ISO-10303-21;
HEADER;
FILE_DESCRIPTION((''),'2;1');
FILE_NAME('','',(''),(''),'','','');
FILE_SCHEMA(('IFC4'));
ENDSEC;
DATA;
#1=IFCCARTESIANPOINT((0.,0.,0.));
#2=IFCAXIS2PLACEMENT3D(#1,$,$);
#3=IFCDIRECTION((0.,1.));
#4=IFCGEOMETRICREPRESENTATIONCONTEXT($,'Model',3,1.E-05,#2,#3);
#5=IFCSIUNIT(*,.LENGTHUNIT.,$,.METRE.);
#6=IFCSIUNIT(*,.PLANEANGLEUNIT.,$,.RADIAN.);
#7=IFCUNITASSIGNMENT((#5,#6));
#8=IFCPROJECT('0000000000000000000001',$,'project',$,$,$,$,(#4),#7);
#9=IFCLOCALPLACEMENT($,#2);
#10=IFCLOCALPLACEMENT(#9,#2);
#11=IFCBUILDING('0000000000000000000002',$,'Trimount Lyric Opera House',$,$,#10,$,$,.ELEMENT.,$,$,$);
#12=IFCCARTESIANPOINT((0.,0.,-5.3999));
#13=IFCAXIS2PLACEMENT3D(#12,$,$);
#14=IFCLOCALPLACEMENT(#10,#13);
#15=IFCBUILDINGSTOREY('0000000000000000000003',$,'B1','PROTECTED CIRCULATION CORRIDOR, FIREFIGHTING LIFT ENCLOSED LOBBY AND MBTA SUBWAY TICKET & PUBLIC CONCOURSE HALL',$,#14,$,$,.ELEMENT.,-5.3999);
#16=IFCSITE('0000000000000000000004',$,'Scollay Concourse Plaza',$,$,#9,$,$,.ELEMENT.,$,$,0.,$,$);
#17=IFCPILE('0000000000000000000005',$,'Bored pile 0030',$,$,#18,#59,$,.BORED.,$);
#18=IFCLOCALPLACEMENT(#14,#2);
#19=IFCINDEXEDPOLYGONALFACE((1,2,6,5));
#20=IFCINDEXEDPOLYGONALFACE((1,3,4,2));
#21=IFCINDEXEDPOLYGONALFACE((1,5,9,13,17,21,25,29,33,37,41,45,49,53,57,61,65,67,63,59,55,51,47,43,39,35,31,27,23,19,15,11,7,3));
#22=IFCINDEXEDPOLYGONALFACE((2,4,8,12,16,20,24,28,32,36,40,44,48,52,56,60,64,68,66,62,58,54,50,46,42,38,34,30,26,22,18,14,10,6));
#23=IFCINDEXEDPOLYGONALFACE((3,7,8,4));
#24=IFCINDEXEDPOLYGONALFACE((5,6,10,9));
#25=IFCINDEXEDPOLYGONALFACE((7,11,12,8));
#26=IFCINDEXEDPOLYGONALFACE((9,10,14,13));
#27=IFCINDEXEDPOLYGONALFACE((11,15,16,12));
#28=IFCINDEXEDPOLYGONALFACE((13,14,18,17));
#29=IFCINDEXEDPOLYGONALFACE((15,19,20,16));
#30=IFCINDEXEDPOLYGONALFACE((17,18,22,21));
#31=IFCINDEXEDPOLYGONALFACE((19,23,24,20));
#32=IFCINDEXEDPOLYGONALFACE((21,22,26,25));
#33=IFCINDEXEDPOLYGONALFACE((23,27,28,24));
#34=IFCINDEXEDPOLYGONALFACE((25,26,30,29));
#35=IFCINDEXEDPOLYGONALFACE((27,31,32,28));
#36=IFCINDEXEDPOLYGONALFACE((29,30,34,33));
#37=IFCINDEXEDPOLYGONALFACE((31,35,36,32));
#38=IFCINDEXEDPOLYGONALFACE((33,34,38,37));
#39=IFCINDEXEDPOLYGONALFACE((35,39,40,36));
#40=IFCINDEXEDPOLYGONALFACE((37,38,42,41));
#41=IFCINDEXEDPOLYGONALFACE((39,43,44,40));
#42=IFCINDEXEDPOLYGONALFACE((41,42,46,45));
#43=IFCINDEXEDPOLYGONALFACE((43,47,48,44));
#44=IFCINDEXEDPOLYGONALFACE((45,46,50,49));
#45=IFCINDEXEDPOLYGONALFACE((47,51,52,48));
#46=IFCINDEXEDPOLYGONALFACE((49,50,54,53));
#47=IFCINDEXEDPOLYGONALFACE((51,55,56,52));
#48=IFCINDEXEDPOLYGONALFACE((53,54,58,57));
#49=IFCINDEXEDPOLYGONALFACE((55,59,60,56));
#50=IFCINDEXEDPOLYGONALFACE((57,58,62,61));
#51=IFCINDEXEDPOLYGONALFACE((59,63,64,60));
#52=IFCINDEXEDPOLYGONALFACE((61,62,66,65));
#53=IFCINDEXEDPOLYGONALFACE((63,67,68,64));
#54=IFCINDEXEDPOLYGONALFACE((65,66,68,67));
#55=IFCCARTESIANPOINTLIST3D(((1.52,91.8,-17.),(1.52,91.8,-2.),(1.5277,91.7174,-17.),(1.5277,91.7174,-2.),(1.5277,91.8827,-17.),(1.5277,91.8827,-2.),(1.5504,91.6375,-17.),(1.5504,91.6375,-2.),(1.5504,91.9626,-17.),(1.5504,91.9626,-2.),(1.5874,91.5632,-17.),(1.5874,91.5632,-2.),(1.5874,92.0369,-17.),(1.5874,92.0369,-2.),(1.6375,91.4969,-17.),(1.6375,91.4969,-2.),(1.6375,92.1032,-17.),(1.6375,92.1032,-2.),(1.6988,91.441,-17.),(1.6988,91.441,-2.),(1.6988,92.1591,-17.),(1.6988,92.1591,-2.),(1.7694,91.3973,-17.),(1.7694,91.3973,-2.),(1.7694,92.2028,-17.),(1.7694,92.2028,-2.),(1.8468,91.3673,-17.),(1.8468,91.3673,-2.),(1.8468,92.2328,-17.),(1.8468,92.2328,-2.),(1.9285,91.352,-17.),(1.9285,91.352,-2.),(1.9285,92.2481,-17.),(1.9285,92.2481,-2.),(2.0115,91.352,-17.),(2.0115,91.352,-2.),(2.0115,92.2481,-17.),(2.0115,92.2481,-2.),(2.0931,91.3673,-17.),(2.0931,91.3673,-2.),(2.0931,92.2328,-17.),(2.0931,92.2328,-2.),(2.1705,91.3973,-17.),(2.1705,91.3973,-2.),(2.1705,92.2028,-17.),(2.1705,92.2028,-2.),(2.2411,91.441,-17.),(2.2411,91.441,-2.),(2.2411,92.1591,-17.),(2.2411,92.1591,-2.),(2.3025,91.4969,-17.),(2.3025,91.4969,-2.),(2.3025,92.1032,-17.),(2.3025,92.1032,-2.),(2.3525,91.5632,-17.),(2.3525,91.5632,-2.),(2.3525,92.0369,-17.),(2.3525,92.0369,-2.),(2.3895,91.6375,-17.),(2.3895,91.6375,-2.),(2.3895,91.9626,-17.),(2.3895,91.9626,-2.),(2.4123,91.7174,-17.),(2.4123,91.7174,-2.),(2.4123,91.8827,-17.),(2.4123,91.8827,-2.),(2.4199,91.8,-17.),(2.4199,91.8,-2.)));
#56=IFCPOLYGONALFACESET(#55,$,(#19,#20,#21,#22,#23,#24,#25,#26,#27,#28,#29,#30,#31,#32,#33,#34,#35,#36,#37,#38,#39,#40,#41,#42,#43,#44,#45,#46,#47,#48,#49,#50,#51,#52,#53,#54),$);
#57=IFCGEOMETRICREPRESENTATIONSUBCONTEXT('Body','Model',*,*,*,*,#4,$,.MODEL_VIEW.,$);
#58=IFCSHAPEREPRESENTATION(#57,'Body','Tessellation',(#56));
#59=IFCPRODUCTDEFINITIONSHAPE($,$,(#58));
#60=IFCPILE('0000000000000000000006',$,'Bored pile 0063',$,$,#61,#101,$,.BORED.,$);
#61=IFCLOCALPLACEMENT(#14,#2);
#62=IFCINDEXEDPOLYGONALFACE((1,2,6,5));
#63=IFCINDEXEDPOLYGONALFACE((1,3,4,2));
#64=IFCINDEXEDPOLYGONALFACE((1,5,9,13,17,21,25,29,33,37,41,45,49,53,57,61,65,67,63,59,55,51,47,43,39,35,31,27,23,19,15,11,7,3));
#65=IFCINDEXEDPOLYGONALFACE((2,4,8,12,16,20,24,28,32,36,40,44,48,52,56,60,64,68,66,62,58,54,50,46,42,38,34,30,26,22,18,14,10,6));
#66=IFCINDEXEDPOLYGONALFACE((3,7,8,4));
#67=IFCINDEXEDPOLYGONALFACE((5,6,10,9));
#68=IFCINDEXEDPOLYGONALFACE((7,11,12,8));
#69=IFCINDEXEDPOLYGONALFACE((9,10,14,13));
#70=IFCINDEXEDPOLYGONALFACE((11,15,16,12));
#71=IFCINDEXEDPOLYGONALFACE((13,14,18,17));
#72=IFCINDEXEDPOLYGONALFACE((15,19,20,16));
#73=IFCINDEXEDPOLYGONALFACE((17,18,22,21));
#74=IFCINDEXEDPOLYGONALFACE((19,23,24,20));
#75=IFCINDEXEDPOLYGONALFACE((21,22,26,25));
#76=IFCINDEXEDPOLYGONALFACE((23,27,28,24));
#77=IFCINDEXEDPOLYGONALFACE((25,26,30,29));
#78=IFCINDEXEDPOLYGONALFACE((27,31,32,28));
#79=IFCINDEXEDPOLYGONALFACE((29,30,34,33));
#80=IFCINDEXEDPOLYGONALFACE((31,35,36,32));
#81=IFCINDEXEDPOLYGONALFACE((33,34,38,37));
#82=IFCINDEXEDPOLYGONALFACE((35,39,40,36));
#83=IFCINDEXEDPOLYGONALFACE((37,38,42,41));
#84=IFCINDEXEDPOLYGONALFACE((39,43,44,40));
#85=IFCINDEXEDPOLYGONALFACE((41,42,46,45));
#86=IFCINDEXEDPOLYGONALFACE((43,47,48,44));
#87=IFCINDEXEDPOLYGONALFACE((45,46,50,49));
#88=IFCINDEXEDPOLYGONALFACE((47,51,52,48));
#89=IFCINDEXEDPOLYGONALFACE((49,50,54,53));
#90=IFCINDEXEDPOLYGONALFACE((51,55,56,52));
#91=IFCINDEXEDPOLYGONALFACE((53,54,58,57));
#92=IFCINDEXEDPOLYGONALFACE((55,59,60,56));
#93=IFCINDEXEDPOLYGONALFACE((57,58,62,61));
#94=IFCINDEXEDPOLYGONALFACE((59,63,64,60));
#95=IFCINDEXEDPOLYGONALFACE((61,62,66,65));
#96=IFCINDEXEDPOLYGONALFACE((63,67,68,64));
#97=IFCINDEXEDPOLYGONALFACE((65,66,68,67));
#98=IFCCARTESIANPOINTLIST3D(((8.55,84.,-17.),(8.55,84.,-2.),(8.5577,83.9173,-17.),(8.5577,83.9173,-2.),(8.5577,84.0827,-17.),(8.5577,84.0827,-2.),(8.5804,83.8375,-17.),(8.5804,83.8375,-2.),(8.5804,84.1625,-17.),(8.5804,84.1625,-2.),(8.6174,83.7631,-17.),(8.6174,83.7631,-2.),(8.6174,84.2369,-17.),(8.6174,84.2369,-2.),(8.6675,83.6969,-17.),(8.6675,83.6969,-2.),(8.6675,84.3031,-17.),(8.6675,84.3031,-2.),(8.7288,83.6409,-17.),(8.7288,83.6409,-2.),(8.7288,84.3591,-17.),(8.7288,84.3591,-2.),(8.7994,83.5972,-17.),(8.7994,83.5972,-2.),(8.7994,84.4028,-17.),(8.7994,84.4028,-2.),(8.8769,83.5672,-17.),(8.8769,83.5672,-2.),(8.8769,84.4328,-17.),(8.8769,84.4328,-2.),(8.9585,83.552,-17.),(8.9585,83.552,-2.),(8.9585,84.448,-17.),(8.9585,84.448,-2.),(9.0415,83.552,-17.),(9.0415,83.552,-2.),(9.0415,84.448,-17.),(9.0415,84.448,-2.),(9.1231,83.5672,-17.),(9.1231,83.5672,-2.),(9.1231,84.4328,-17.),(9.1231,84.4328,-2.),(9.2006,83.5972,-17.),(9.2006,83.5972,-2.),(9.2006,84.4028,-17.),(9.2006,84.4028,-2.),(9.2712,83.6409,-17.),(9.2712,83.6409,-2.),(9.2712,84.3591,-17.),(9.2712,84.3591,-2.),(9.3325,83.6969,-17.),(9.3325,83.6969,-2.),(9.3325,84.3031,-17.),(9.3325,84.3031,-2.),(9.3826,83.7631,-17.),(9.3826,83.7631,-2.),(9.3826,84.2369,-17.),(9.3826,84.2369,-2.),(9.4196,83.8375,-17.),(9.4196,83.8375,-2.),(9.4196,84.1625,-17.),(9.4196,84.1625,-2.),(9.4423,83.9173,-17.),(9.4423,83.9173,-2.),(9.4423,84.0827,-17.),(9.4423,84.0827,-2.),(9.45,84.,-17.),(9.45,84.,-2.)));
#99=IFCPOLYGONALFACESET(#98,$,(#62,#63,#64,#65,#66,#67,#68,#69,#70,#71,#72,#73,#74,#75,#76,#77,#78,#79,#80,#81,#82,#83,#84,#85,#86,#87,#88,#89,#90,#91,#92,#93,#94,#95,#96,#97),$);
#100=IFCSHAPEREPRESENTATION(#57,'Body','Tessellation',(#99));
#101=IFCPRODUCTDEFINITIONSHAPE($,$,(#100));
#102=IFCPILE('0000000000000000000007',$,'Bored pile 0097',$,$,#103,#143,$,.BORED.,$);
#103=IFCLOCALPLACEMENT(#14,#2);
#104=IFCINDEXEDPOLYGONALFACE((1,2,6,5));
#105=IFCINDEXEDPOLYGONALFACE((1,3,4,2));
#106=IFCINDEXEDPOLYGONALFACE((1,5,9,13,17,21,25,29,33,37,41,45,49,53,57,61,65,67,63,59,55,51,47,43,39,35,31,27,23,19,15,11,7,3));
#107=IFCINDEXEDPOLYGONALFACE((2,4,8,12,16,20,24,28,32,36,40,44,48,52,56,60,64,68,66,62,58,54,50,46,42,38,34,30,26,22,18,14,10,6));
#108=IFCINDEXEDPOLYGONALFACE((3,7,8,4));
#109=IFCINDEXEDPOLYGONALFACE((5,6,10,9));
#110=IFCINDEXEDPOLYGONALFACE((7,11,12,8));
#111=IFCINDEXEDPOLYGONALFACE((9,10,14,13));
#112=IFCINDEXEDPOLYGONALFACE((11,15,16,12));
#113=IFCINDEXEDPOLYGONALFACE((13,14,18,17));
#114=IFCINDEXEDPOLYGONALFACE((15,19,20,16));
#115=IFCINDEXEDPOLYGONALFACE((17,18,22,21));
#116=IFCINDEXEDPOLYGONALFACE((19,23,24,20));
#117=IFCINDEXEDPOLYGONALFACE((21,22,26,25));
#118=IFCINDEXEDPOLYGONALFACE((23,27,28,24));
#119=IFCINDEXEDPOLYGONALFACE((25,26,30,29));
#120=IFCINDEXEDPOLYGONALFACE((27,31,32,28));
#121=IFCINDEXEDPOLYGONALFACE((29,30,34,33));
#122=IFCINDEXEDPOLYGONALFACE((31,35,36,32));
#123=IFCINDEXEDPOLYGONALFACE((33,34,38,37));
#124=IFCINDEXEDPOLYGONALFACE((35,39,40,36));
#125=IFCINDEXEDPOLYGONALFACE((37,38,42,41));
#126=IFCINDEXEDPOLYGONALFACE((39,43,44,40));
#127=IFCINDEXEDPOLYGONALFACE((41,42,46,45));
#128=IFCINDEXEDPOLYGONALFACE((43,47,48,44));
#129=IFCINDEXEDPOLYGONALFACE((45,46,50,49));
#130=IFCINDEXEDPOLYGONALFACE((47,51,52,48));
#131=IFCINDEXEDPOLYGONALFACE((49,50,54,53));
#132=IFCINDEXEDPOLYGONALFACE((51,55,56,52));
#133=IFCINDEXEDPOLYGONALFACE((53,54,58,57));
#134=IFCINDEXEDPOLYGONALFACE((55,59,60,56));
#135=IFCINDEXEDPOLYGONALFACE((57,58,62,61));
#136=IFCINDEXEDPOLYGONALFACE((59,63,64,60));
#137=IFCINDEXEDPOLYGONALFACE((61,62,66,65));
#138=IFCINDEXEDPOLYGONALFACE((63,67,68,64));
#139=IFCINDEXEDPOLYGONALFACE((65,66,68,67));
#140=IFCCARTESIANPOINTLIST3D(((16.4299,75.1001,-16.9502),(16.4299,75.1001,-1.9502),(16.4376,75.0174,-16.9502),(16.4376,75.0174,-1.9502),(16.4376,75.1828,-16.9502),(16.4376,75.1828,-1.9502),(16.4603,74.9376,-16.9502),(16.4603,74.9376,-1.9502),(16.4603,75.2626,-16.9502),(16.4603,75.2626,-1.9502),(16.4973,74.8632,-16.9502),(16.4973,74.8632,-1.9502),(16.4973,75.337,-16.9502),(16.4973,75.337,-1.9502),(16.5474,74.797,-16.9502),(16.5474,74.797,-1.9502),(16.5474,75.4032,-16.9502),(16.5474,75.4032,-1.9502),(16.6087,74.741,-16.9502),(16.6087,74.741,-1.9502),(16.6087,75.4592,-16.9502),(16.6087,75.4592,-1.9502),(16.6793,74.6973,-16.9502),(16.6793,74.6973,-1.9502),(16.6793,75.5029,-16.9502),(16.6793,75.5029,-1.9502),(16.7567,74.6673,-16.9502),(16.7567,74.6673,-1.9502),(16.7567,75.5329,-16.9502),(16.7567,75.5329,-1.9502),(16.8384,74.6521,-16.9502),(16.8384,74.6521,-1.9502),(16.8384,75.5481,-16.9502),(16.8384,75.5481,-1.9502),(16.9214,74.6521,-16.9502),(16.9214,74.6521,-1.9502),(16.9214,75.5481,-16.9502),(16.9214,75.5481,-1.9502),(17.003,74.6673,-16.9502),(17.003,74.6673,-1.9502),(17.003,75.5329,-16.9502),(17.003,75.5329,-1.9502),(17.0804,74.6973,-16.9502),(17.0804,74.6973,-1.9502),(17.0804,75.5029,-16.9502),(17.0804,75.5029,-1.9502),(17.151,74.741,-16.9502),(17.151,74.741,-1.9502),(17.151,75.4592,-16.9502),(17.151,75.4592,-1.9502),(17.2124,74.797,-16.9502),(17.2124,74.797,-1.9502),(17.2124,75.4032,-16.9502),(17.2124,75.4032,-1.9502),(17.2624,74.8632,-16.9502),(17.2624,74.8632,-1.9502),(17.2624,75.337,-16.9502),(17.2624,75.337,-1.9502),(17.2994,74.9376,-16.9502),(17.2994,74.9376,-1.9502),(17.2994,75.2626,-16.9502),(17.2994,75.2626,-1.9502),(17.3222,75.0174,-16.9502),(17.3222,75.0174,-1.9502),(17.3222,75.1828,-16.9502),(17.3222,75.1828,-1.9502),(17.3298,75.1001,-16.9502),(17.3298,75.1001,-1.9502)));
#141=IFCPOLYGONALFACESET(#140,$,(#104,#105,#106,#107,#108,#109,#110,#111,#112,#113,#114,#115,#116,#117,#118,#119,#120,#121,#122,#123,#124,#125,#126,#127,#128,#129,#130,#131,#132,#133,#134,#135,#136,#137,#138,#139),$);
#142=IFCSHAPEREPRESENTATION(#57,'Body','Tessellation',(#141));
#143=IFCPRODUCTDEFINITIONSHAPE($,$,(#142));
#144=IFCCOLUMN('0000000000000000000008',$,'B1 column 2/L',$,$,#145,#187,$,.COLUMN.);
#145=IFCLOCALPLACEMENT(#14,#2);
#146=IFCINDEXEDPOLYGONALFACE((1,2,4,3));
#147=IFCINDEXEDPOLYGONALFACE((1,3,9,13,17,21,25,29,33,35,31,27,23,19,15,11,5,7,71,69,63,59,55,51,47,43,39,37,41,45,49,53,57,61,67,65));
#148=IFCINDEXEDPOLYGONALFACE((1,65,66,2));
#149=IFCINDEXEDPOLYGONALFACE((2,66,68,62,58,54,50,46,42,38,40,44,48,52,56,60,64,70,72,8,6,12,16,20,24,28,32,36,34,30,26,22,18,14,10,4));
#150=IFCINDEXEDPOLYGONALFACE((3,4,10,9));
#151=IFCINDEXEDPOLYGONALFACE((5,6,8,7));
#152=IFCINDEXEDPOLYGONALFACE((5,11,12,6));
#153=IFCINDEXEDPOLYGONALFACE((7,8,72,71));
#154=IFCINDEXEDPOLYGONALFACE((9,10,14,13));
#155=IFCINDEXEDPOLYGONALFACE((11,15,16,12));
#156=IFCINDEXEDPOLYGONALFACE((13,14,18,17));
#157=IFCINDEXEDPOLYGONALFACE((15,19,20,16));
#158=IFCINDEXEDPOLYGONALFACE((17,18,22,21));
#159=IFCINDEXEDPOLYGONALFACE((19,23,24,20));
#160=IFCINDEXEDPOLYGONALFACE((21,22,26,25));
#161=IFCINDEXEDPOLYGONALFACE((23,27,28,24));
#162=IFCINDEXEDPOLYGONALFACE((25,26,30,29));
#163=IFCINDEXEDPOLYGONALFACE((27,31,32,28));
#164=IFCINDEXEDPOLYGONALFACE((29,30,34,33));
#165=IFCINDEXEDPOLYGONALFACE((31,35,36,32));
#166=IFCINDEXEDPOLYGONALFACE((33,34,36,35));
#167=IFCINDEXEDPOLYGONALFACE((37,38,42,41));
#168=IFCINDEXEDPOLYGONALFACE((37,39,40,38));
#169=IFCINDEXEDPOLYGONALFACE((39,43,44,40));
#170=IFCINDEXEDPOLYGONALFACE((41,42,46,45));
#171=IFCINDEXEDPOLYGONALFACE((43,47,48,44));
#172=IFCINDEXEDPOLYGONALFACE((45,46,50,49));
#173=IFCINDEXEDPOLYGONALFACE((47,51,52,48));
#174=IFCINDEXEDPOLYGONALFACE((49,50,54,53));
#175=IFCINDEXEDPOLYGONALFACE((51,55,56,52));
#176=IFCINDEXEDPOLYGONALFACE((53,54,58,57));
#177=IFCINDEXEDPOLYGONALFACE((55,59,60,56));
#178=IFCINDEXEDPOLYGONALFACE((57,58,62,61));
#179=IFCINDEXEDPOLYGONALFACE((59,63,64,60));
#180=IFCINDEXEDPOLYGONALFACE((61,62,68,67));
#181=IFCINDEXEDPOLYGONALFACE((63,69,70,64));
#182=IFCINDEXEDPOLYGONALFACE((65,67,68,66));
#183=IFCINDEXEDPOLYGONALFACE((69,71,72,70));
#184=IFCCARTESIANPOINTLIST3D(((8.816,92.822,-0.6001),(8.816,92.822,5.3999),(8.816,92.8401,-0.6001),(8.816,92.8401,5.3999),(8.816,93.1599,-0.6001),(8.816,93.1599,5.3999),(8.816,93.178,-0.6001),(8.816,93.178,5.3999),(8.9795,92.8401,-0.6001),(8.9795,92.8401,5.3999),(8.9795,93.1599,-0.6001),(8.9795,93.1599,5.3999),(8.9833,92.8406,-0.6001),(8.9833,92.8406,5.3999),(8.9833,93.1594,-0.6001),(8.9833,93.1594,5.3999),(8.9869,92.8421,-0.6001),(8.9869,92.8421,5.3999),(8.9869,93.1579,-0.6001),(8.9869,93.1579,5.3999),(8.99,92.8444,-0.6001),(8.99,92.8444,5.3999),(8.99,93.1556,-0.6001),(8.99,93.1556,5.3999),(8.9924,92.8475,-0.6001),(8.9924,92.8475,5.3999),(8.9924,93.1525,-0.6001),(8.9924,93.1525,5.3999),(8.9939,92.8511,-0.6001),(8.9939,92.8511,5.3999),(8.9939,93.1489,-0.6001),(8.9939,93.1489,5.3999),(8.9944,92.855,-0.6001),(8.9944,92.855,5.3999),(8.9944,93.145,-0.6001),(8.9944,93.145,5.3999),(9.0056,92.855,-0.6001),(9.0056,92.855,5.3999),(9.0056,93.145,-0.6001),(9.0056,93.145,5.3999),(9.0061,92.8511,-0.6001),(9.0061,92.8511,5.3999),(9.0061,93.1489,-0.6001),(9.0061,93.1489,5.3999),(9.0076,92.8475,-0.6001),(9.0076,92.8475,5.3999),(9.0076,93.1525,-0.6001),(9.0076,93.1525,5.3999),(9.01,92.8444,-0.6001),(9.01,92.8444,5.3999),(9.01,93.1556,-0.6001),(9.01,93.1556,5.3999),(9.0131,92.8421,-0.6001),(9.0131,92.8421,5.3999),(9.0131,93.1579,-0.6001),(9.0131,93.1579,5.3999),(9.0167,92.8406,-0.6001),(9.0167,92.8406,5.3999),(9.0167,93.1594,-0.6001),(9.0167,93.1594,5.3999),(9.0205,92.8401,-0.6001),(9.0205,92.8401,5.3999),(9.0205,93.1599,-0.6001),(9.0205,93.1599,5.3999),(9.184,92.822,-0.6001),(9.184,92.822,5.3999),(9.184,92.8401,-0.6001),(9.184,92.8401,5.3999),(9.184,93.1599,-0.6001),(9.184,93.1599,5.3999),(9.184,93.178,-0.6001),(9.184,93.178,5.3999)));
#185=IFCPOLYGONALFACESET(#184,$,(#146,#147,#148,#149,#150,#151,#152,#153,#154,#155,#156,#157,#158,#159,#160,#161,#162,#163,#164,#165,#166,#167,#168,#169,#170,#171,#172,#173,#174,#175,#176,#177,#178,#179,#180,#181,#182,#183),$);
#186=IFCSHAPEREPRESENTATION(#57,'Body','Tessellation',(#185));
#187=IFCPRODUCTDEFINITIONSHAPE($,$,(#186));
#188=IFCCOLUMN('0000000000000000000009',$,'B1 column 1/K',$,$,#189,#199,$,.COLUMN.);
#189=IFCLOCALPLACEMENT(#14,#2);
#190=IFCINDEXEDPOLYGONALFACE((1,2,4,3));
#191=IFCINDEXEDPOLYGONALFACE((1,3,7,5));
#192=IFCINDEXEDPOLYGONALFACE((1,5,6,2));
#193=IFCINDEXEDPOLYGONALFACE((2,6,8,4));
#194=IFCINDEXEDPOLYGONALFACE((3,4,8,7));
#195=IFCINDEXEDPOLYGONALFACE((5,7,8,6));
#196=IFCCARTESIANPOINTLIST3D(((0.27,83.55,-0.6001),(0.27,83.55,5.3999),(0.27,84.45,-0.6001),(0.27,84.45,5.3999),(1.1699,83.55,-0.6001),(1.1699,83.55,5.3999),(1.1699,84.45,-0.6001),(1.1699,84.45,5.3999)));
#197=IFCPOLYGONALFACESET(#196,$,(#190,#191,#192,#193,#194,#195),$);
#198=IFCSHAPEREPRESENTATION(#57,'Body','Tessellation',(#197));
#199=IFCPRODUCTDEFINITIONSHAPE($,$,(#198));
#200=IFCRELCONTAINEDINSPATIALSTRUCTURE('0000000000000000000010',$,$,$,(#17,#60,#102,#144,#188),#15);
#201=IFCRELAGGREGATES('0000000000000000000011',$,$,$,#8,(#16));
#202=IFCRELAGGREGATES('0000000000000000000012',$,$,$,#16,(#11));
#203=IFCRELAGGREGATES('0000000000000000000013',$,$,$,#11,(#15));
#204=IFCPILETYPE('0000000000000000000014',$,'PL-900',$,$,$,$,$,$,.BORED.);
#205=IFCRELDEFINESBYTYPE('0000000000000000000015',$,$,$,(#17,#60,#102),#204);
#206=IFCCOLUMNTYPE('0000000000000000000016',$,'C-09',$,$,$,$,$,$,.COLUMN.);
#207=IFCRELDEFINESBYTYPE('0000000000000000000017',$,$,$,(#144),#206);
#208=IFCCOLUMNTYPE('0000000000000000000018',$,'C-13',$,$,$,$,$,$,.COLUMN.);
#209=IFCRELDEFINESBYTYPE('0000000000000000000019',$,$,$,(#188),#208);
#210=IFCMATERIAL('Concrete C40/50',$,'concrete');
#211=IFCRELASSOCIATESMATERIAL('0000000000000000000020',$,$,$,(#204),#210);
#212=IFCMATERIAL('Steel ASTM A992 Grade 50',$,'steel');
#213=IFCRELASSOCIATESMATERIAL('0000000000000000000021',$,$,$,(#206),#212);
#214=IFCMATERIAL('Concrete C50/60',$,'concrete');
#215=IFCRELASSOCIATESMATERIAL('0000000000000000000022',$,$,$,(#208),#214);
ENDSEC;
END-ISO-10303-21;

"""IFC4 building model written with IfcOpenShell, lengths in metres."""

from ifc_helpers import new_model, si_unit, direction, frame, origin, origin_2d, place, context, subcontext, project, spatial, rectangle, circle, i_section, extrude, material, material_profile, profile_set, type_object, element, save


model = new_model("IFC4")

# Units and contexts
model_context = context("Model", 3, precision=1e-05, world=origin(), true_north=direction((0.0, 1.0)))
body_context = subcontext(model_context, "Body", "Model", "MODEL_VIEW")
ifc_project = project(units=[si_unit("LENGTHUNIT", "METRE"), si_unit("PLANEANGLEUNIT", "RADIAN")], contexts=[model_context])

# Site, building, storey
site_placement = place(None, origin())
site = spatial("IfcSite", under=ifc_project, at=site_placement, Name="Scollay Concourse Plaza", CompositionType="ELEMENT", RefElevation=0.0)
building_placement = place(site_placement, origin())
building = spatial("IfcBuilding", under=site, at=building_placement, Name="Trimount Lyric Opera House", CompositionType="ELEMENT")
storey_placement = place(building_placement, frame((0.0, 0.0, -5.3999)))
storey = spatial("IfcBuildingStorey", under=building, at=storey_placement, Name="B1", Description="PROTECTED CIRCULATION CORRIDOR, FIREFIGHTING LIFT ENCLOSED LOBBY AND MBTA SUBWAY TICKET & PUBLIC CONCOURSE HALL", CompositionType="ELEMENT", Elevation=-5.3999)

# Piles
ifc_material_1 = material(Name="Concrete C40/50", Category="concrete")
ifc_material_profile_1 = material_profile(ifc_material_1, circle(Radius=0.45, at=origin_2d()), Name="PILE-D900")
ifc_profile_set_1 = profile_set([ifc_material_profile_1], Name="Concrete C40/50")
pile_type_1 = type_object("IfcPileType", Name="PL-900", PredefinedType="BORED", material=ifc_profile_set_1)
for number, where, z_axis, x_axis, name in (
    (1, (1.97, 91.8, -2.0), (0.0, 0.0, -1.0), (1.0, 0.0, 0.0), "Bored pile 0030"),
    (2, (9.0, 84.0, -2.0), (0.0, 0.0, -1.0), (1.0, 0.0, 0.0), "Bored pile 0063"),
    (3, (16.8799, 75.1001, -1.9502), (0.0, 0.0, -1.0), (1.0, 0.0, 0.0), "Bored pile 0097"),
):
    element("IfcPile", number, at=place(storey_placement, frame(where, z_axis=z_axis, x_axis=x_axis)), inside=storey, type_object=pile_type_1, Name=name, PredefinedType="BORED", context=body_context, shape_type="SweptSolid", body=[
        extrude(circle(Radius=0.45, at=origin_2d()), origin(), (0.0, 0.0, 1.0), 15.0),
    ])

# Columns
ifc_material_2 = material(Name="Steel ASTM A992 Grade 50", Category="steel")
ifc_material_profile_2 = material_profile(ifc_material_2, i_section(OverallWidth=0.3679, OverallDepth=0.356, WebThickness=0.0112, FlangeThickness=0.0181, FilletRadius=0.0149, at=origin_2d()), Name="W14X90")
ifc_profile_set_2 = profile_set([ifc_material_profile_2], Name="Steel ASTM A992 Grade 50")
column_type_1 = type_object("IfcColumnType", Name="C-09", PredefinedType="COLUMN", material=ifc_profile_set_2)
column_placement = place(storey_placement, frame((9.0, 93.0, -0.6001), z_axis=(0.0, 0.0, 1.0), x_axis=(1.0, 0.0, 0.0)))
element("IfcColumn", 4, at=column_placement, inside=storey, type_object=column_type_1, Name="B1 column 2/L", PredefinedType="COLUMN", context=body_context, shape_type="SweptSolid", body=[
    extrude(i_section(OverallWidth=0.3679, OverallDepth=0.356, WebThickness=0.0112, FlangeThickness=0.0181, FilletRadius=0.0149, at=origin_2d()), origin(), (0.0, 0.0, 1.0), 6.0),
])
ifc_material_3 = material(Name="Concrete C50/60", Category="concrete")
ifc_material_profile_3 = material_profile(ifc_material_3, rectangle(XDim=0.8999, YDim=0.8999, at=origin_2d()), Name="RC900X900")
ifc_profile_set_3 = profile_set([ifc_material_profile_3], Name="Concrete C50/60")
column_type_2 = type_object("IfcColumnType", Name="C-13", PredefinedType="COLUMN", material=ifc_profile_set_3)
for number, where, z_axis, x_axis, name in (
    (5, (0.72, 84.0, -0.6001), (0.0, 0.0, 1.0), (1.0, 0.0, 0.0), "B1 column 1/K"),
):
    element("IfcColumn", number, at=place(storey_placement, frame(where, z_axis=z_axis, x_axis=x_axis)), inside=storey, type_object=column_type_2, Name=name, PredefinedType="COLUMN", context=body_context, shape_type="SweptSolid", body=[
        extrude(rectangle(XDim=0.8999, YDim=0.8999, at=origin_2d()), origin(), (0.0, 0.0, 1.0), 6.0),
    ])

save(model, "model.ifc")
